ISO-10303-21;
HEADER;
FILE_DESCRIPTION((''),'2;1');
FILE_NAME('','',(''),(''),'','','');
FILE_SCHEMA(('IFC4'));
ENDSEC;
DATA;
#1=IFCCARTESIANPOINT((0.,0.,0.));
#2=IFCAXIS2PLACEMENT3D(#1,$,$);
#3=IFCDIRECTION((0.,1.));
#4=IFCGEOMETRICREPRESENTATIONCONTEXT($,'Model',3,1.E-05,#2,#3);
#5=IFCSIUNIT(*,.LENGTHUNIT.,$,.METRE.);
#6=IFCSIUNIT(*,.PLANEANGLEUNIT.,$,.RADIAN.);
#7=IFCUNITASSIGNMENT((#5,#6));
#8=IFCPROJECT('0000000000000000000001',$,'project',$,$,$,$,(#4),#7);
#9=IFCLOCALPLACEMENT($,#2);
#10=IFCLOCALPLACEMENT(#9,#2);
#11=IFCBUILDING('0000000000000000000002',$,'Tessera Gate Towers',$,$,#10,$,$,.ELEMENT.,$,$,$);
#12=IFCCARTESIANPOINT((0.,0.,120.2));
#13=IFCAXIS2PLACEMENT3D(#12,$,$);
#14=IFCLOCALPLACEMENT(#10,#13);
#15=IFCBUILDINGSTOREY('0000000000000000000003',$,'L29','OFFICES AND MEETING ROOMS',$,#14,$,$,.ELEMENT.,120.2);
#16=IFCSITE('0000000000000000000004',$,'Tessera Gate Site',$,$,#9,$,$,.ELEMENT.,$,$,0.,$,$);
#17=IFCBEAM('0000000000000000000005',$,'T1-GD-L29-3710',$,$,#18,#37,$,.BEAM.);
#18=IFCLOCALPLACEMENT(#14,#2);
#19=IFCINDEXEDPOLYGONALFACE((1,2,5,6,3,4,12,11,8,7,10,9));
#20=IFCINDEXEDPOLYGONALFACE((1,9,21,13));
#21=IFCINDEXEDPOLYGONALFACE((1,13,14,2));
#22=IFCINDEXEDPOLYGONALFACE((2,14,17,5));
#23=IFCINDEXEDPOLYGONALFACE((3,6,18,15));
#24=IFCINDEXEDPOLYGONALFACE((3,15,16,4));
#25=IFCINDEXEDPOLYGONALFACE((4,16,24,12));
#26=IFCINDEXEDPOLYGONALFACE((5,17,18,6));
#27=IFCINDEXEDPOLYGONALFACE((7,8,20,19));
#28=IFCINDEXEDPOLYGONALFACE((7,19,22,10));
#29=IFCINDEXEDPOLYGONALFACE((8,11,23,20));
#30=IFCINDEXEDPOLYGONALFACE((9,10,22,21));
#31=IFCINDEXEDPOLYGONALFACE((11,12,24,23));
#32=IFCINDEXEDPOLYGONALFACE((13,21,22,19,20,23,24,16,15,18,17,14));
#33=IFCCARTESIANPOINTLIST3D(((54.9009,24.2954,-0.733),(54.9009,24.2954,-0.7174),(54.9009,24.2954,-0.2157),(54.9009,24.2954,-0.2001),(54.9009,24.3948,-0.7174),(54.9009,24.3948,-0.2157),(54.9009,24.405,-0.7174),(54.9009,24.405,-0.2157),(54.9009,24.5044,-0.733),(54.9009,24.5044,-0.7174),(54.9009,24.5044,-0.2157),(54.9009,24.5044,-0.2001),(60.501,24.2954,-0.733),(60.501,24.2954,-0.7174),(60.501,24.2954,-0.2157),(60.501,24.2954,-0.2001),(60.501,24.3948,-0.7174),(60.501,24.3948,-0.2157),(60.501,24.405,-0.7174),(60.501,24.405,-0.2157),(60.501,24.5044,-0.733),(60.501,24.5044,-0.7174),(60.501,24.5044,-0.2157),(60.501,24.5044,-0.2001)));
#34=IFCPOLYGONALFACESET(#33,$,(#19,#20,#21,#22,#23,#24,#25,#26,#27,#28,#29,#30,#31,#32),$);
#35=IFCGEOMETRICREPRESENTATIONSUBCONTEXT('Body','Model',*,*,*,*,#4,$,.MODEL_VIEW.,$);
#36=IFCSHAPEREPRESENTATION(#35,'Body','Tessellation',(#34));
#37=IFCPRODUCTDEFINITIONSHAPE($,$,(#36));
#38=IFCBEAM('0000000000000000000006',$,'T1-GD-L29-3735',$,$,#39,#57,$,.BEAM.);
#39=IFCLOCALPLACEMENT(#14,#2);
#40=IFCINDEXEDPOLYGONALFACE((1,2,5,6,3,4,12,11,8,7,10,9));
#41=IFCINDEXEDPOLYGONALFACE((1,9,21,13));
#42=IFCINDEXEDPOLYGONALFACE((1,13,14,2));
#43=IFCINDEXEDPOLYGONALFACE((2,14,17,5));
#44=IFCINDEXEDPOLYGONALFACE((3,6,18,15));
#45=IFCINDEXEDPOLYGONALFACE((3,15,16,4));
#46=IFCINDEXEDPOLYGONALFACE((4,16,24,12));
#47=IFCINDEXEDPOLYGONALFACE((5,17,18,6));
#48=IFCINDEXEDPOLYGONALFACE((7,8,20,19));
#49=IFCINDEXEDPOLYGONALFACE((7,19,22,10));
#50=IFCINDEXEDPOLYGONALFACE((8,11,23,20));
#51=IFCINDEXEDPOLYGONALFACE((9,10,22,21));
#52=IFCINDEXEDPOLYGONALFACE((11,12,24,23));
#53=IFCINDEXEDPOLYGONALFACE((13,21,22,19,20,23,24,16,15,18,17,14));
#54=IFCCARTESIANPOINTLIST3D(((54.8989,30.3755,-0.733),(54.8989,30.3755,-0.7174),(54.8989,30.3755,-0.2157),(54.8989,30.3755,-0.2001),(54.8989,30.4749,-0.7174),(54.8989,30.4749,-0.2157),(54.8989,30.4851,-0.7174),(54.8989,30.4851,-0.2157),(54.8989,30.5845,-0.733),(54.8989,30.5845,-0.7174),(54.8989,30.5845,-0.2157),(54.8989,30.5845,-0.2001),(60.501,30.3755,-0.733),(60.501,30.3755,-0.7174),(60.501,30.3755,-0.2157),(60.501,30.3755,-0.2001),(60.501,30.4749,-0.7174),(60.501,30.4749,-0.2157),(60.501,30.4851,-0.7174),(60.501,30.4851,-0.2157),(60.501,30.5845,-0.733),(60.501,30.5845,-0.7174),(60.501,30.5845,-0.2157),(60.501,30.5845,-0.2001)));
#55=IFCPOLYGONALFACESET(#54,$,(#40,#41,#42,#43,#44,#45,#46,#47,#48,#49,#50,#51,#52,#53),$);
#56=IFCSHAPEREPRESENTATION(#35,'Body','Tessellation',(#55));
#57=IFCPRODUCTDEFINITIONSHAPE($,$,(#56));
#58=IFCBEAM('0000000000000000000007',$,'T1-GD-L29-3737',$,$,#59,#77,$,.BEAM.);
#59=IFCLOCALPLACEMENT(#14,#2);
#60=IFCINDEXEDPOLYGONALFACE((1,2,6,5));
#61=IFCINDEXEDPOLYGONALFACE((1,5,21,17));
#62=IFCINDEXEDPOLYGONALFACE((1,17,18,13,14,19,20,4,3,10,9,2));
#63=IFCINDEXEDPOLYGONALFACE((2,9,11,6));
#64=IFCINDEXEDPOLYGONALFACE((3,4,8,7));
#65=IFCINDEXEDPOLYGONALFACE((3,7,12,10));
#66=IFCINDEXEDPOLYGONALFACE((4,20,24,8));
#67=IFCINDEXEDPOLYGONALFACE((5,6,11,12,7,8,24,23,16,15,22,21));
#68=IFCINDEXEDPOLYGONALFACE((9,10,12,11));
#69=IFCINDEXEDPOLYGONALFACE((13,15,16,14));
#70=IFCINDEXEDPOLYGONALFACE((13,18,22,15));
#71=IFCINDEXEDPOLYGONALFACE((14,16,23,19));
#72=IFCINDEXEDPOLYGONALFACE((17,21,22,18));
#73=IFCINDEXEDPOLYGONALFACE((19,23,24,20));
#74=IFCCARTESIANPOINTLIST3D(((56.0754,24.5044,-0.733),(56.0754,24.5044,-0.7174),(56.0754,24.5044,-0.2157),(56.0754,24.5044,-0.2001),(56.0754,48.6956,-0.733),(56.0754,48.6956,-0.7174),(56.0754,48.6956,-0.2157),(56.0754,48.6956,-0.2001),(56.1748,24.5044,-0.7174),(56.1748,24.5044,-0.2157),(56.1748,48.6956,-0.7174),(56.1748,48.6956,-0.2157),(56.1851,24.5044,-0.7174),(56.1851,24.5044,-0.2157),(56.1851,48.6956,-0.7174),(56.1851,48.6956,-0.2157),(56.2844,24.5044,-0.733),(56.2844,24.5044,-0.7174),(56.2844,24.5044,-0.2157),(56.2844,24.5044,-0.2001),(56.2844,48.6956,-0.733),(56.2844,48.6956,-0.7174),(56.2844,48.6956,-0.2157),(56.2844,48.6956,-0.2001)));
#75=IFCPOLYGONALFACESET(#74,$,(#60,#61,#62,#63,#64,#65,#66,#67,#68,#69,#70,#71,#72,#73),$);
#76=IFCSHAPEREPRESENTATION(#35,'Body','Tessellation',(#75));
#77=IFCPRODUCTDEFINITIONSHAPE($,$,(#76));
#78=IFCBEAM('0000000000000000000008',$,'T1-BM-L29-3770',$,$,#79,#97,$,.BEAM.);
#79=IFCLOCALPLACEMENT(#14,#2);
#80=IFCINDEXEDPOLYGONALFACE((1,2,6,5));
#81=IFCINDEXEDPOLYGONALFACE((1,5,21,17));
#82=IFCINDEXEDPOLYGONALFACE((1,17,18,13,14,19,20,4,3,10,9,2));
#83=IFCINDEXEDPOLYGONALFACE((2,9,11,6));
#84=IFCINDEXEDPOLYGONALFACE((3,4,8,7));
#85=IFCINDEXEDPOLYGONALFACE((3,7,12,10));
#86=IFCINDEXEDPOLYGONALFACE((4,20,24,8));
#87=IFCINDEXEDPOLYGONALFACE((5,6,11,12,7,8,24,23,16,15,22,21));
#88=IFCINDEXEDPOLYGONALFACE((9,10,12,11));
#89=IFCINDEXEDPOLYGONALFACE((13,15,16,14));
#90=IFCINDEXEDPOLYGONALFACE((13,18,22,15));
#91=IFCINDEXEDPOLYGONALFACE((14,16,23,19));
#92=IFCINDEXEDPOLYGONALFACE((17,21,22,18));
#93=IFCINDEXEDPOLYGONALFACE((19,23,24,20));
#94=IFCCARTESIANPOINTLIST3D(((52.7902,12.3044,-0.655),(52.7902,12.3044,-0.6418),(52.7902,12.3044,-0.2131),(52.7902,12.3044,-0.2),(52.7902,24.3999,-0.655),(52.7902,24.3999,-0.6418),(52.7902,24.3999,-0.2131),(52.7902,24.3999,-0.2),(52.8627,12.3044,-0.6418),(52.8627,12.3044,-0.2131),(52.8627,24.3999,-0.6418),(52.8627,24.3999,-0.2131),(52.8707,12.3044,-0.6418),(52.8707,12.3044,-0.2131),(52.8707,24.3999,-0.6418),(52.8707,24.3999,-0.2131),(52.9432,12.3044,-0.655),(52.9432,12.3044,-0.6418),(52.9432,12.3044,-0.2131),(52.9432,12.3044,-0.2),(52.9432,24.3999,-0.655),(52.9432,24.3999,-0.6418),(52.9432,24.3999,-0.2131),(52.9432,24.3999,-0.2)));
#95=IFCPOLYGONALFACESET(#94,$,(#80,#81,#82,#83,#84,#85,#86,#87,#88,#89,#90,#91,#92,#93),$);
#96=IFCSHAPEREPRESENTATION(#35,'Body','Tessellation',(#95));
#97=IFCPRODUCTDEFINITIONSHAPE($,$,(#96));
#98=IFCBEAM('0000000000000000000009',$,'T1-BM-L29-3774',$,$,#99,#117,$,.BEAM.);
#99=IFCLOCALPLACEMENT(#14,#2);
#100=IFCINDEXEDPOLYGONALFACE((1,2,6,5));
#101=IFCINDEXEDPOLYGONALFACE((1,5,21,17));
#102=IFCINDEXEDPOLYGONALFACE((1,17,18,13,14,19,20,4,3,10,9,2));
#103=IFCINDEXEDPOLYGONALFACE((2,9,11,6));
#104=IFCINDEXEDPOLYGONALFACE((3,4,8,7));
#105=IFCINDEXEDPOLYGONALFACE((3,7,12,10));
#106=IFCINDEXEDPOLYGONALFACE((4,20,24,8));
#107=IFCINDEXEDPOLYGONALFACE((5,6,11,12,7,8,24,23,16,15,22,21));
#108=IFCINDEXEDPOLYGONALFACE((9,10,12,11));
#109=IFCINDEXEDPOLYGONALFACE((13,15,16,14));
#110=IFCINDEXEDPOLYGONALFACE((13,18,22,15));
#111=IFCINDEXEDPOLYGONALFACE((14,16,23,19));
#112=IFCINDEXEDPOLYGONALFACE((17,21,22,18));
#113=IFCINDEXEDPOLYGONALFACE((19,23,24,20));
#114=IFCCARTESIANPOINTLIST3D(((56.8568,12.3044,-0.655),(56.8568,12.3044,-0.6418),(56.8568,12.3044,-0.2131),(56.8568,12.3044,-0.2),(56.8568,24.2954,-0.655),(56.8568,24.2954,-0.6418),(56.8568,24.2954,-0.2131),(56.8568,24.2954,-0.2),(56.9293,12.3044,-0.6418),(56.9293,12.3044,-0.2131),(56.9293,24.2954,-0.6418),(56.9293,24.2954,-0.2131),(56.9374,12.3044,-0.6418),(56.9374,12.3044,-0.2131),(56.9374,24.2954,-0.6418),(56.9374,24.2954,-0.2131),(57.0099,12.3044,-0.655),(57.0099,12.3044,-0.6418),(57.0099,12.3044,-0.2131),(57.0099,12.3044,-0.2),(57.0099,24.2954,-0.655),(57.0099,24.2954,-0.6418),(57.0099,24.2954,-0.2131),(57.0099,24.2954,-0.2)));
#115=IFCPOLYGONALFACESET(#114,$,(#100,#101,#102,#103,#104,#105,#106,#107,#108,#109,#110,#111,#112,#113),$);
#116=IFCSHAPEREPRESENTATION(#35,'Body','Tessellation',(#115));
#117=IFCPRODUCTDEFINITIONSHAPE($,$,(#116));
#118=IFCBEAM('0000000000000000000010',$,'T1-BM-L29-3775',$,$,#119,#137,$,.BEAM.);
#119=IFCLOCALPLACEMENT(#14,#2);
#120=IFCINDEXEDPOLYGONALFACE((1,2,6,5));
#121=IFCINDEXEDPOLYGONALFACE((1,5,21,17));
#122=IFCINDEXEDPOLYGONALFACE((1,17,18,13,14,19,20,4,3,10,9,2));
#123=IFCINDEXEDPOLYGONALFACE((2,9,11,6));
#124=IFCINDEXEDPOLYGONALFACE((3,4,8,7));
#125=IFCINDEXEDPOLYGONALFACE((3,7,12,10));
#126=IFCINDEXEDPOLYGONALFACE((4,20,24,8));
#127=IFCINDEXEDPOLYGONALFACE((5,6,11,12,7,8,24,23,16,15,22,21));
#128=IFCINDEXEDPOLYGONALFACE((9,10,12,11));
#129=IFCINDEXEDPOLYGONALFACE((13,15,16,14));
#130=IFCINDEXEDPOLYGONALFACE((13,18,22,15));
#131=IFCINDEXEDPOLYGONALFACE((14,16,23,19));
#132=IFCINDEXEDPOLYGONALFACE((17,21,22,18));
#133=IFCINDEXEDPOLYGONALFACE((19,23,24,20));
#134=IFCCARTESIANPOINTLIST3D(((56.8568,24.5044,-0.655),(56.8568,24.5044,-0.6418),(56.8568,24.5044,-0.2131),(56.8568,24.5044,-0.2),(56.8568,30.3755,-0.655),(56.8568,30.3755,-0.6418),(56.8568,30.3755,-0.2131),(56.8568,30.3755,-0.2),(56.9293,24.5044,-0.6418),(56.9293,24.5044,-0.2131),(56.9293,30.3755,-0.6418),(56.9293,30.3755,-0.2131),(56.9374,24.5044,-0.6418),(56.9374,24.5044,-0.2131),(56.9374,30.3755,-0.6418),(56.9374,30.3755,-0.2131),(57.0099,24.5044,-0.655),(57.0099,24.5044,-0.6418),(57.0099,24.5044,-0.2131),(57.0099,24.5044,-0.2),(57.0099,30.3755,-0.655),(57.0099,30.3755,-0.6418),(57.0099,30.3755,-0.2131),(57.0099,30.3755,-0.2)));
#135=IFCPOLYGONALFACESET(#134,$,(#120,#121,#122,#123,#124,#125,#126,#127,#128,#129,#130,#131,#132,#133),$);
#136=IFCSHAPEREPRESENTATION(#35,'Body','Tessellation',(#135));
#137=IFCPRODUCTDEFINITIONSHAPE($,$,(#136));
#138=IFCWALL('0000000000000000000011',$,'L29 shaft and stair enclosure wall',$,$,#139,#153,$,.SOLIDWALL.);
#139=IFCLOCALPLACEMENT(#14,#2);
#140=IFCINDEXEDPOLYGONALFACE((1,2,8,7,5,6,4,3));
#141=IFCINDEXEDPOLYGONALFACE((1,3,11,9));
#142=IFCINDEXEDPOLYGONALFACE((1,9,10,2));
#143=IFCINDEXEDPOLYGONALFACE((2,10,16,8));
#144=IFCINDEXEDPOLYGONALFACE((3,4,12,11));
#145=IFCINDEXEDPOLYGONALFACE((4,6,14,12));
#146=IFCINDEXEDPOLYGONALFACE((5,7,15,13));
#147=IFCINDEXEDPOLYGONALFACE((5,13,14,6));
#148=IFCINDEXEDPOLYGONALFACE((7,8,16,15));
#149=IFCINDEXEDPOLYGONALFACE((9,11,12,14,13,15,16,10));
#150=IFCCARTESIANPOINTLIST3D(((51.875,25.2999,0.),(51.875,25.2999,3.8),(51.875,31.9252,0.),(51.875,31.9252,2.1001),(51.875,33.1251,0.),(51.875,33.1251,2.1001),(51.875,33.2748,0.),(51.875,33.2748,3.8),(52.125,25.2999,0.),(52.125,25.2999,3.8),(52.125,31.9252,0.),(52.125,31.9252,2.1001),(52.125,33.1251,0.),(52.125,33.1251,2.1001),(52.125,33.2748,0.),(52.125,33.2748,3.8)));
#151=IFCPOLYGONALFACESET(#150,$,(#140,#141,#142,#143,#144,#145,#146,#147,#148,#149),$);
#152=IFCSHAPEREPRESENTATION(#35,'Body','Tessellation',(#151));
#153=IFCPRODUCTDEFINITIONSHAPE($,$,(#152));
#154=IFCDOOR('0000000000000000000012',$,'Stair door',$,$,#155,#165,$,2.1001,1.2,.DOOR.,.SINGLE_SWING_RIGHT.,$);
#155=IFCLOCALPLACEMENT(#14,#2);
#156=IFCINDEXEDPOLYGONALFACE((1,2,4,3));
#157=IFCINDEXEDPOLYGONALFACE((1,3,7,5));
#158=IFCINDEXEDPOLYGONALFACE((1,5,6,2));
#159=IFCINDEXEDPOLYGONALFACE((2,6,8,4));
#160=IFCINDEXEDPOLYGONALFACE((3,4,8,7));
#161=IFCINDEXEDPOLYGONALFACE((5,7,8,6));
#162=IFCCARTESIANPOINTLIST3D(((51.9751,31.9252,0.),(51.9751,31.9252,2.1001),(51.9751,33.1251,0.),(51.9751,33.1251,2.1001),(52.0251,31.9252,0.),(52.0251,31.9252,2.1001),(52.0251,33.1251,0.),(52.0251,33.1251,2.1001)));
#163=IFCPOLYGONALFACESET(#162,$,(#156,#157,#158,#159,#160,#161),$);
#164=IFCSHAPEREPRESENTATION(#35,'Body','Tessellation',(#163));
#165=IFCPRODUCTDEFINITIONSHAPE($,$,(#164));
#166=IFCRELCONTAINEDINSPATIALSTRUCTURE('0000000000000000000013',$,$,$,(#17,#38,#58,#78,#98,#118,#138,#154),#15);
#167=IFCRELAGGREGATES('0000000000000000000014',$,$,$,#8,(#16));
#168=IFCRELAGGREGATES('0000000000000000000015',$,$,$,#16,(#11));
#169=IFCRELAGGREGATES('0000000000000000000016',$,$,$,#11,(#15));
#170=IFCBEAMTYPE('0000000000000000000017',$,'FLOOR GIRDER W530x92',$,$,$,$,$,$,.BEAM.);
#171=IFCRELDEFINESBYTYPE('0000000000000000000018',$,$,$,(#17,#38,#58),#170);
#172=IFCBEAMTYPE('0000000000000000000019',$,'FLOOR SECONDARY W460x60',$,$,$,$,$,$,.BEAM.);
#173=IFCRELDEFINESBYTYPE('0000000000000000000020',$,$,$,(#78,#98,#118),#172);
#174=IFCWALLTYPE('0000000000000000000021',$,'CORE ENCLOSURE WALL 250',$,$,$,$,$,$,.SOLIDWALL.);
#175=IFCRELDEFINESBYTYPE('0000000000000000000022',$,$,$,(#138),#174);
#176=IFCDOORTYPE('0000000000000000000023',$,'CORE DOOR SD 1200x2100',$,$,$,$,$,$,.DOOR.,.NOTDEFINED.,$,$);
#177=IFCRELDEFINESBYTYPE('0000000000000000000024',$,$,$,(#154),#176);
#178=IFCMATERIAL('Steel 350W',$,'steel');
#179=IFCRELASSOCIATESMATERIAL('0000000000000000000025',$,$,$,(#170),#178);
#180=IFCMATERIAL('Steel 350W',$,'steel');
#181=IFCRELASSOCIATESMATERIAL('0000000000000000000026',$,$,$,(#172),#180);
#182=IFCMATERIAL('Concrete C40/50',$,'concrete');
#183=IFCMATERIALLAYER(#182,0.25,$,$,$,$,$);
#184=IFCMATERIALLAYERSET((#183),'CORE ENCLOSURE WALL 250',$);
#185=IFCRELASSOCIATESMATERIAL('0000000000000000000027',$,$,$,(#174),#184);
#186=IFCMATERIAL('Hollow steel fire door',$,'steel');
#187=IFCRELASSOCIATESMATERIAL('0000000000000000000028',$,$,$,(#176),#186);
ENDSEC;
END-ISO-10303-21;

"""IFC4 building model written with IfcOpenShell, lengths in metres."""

from ifc_helpers import new_model, si_unit, direction, frame, frame_2d, origin, origin_2d, place, context, subcontext, project, spatial, rectangle, i_section, extrude, source, transform, mapped, material, layer, layer_set, material_profile, profile_set, type_object, element, fill, save


model = new_model("IFC4")

# Units and contexts
model_context = context("Model", 3, precision=1e-05, world=origin(), true_north=direction((0.0, 1.0)))
body_context = subcontext(model_context, "Body", "Model", "MODEL_VIEW")
ifc_project = project(units=[si_unit("LENGTHUNIT", "METRE"), si_unit("PLANEANGLEUNIT", "RADIAN")], contexts=[model_context])

# Site, building, storey
site_placement = place(None, origin())
site = spatial("IfcSite", under=ifc_project, at=site_placement, Name="Tessera Gate Site", CompositionType="ELEMENT", RefElevation=0.0)
building_placement = place(site_placement, origin())
building = spatial("IfcBuilding", under=site, at=building_placement, Name="Tessera Gate Towers", CompositionType="ELEMENT")
storey_placement = place(building_placement, frame((0.0, 0.0, 120.2)))
storey = spatial("IfcBuildingStorey", under=building, at=storey_placement, Name="L29", Description="OFFICES AND MEETING ROOMS", CompositionType="ELEMENT", Elevation=120.2)

# Beams
ifc_material_1 = material(Name="Steel 350W", Category="steel")
ifc_material_profile_1 = material_profile(ifc_material_1, i_section(OverallWidth=0.209, OverallDepth=0.533, WebThickness=0.0103, FlangeThickness=0.0156, at=origin_2d()), Name="W530x92")
ifc_profile_set_1 = profile_set([ifc_material_profile_1], Name="Steel 350W")
beam_type_1 = type_object("IfcBeamType", Name="FLOOR GIRDER W530x92", PredefinedType="BEAM", material=ifc_profile_set_1)
beam_1_placement = place(storey_placement, frame((54.9009, 24.3999, -0.4666), z_axis=(1.0, 0.0, 0.0), x_axis=(0.0, 1.0, 0.0)))
element("IfcBeam", 1, at=beam_1_placement, inside=storey, type_object=beam_type_1, Name="T1-GD-L29-3710", PredefinedType="BEAM", context=body_context, shape_type="SweptSolid", body=[
    extrude(i_section(OverallWidth=0.209, OverallDepth=0.533, WebThickness=0.0103, FlangeThickness=0.0156, at=origin_2d()), origin(), (0.0, 0.0, 1.0), 5.6001),
])
beam_2_placement = place(storey_placement, frame((54.8989, 30.48, -0.4666), z_axis=(1.0, 0.0, 0.0), x_axis=(0.0, 1.0, 0.0)))
element("IfcBeam", 2, at=beam_2_placement, inside=storey, type_object=beam_type_1, Name="T1-GD-L29-3735", PredefinedType="BEAM", context=body_context, shape_type="SweptSolid", body=[
    extrude(i_section(OverallWidth=0.209, OverallDepth=0.533, WebThickness=0.0103, FlangeThickness=0.0156, at=origin_2d()), origin(), (0.0, 0.0, 1.0), 5.6021),
])
beam_3_placement = place(storey_placement, frame((56.1799, 24.5044, -0.4666), z_axis=(0.0, 1.0, 0.0), x_axis=(-1.0, 0.0, 0.0)))
element("IfcBeam", 3, at=beam_3_placement, inside=storey, type_object=beam_type_1, Name="T1-GD-L29-3737", PredefinedType="BEAM", context=body_context, shape_type="SweptSolid", body=[
    extrude(i_section(OverallWidth=0.209, OverallDepth=0.533, WebThickness=0.0103, FlangeThickness=0.0156, at=origin_2d()), origin(), (0.0, 0.0, 1.0), 24.1912),
])
ifc_material_2 = material(Name="Steel 350W", Category="steel")
ifc_material_profile_2 = material_profile(ifc_material_2, i_section(OverallWidth=0.1531, OverallDepth=0.4551, WebThickness=0.0081, FlangeThickness=0.0132, at=origin_2d()), Name="W460x60")
ifc_profile_set_2 = profile_set([ifc_material_profile_2], Name="Steel 350W")
beam_type_2 = type_object("IfcBeamType", Name="FLOOR SECONDARY W460x60", PredefinedType="BEAM", material=ifc_profile_set_2)
beam_4_placement = place(storey_placement, frame((52.8667, 12.3044, -0.4275), z_axis=(0.0, 1.0, 0.0), x_axis=(-1.0, 0.0, 0.0)))
element("IfcBeam", 4, at=beam_4_placement, inside=storey, type_object=beam_type_2, Name="T1-BM-L29-3770", PredefinedType="BEAM", context=body_context, shape_type="SweptSolid", body=[
    extrude(i_section(OverallWidth=0.1531, OverallDepth=0.4551, WebThickness=0.0081, FlangeThickness=0.0132, at=origin_2d()), origin(), (0.0, 0.0, 1.0), 12.0955),
])
beam_5_placement = place(storey_placement, frame((56.9333, 12.3044, -0.4275), z_axis=(0.0, 1.0, 0.0), x_axis=(-1.0, 0.0, 0.0)))
element("IfcBeam", 5, at=beam_5_placement, inside=storey, type_object=beam_type_2, Name="T1-BM-L29-3774", PredefinedType="BEAM", context=body_context, shape_type="SweptSolid", body=[
    extrude(i_section(OverallWidth=0.1531, OverallDepth=0.4551, WebThickness=0.0081, FlangeThickness=0.0132, at=origin_2d()), origin(), (0.0, 0.0, 1.0), 11.991),
])
beam_6_placement = place(storey_placement, frame((56.9333, 24.5044, -0.4275), z_axis=(0.0, 1.0, 0.0), x_axis=(-1.0, 0.0, 0.0)))
element("IfcBeam", 6, at=beam_6_placement, inside=storey, type_object=beam_type_2, Name="T1-BM-L29-3775", PredefinedType="BEAM", context=body_context, shape_type="SweptSolid", body=[
    extrude(i_section(OverallWidth=0.1531, OverallDepth=0.4551, WebThickness=0.0081, FlangeThickness=0.0132, at=origin_2d()), origin(), (0.0, 0.0, 1.0), 5.8711),
])

# Wall, opening, door
ifc_material_3 = material(Name="Concrete C40/50", Category="concrete")
ifc_layer_1 = layer(ifc_material_3, 0.25)
ifc_layer_set_1 = layer_set([ifc_layer_1], Name="CORE ENCLOSURE WALL 250")
wall_type_1 = type_object("IfcWallType", Name="CORE ENCLOSURE WALL 250", PredefinedType="SOLIDWALL", material=ifc_layer_set_1)
wall_1_placement = place(storey_placement, frame((52.0, 25.3, 0.0), z_axis=(0.0, 0.0, 1.0), x_axis=(0.0, 1.0, 0.0)))
wall_1 = element("IfcWall", 7, at=wall_1_placement, inside=storey, type_object=wall_type_1, Name="L29 shaft and stair enclosure wall", PredefinedType="SOLIDWALL", context=body_context, shape_type="SweptSolid", body=[
    extrude(rectangle(XDim=7.9749, YDim=0.25, at=frame_2d((3.9873, 0.0))), origin(), (0.0, 0.0, 1.0), 3.8),
])
shared_shape_1 = source(origin(), body_context, "Body", "SweptSolid", [
    extrude(rectangle(XDim=1.2, YDim=2.1001, at=frame_2d((0.6001, 1.05))), frame((0.0, 0.135, 0.0), z_axis=(0.0, -1.0, 0.0), x_axis=(1.0, 0.0, 0.0)), (0.0, 0.0, 1.0), 0.27),
])
opening_1_placement = place(wall_1_placement, frame((6.625, 0.0, 0.0)))
opening_1 = element("IfcOpeningElement", 8, at=opening_1_placement, cuts=wall_1, PredefinedType="OPENING", context=body_context, shape_type="MappedRepresentation", body=[
    mapped(shared_shape_1, transform((0.0, 0.0, 0.0), scale=1.0)),
])
ifc_material_4 = material(Name="Hollow steel fire door", Category="steel")
door_type_1 = type_object("IfcDoorType", Name="CORE DOOR SD 1200x2100", OperationType="NOTDEFINED", PredefinedType="DOOR", material=ifc_material_4)
shared_shape_2 = source(origin(), body_context, "Body", "SweptSolid", [
    extrude(rectangle(XDim=1.2, YDim=2.1001, at=frame_2d((0.6001, 1.05))), frame((0.0, 0.0249, 0.0), z_axis=(0.0, -1.0, 0.0), x_axis=(1.0, 0.0, 0.0)), (0.0, 0.0, 1.0), 0.05),
])
door_1_placement = place(opening_1_placement, origin())
door_1 = element("IfcDoor", 9, at=door_1_placement, inside=storey, type_object=door_type_1, Name="Stair door", OperationType="SINGLE_SWING_RIGHT", OverallHeight=2.1001, OverallWidth=1.2, PredefinedType="DOOR", context=body_context, shape_type="MappedRepresentation", body=[
    mapped(shared_shape_2, transform((0.0, 0.0, 0.0), scale=1.0)),
])
fill(opening_1, door_1)

save(model, "model.ifc")
